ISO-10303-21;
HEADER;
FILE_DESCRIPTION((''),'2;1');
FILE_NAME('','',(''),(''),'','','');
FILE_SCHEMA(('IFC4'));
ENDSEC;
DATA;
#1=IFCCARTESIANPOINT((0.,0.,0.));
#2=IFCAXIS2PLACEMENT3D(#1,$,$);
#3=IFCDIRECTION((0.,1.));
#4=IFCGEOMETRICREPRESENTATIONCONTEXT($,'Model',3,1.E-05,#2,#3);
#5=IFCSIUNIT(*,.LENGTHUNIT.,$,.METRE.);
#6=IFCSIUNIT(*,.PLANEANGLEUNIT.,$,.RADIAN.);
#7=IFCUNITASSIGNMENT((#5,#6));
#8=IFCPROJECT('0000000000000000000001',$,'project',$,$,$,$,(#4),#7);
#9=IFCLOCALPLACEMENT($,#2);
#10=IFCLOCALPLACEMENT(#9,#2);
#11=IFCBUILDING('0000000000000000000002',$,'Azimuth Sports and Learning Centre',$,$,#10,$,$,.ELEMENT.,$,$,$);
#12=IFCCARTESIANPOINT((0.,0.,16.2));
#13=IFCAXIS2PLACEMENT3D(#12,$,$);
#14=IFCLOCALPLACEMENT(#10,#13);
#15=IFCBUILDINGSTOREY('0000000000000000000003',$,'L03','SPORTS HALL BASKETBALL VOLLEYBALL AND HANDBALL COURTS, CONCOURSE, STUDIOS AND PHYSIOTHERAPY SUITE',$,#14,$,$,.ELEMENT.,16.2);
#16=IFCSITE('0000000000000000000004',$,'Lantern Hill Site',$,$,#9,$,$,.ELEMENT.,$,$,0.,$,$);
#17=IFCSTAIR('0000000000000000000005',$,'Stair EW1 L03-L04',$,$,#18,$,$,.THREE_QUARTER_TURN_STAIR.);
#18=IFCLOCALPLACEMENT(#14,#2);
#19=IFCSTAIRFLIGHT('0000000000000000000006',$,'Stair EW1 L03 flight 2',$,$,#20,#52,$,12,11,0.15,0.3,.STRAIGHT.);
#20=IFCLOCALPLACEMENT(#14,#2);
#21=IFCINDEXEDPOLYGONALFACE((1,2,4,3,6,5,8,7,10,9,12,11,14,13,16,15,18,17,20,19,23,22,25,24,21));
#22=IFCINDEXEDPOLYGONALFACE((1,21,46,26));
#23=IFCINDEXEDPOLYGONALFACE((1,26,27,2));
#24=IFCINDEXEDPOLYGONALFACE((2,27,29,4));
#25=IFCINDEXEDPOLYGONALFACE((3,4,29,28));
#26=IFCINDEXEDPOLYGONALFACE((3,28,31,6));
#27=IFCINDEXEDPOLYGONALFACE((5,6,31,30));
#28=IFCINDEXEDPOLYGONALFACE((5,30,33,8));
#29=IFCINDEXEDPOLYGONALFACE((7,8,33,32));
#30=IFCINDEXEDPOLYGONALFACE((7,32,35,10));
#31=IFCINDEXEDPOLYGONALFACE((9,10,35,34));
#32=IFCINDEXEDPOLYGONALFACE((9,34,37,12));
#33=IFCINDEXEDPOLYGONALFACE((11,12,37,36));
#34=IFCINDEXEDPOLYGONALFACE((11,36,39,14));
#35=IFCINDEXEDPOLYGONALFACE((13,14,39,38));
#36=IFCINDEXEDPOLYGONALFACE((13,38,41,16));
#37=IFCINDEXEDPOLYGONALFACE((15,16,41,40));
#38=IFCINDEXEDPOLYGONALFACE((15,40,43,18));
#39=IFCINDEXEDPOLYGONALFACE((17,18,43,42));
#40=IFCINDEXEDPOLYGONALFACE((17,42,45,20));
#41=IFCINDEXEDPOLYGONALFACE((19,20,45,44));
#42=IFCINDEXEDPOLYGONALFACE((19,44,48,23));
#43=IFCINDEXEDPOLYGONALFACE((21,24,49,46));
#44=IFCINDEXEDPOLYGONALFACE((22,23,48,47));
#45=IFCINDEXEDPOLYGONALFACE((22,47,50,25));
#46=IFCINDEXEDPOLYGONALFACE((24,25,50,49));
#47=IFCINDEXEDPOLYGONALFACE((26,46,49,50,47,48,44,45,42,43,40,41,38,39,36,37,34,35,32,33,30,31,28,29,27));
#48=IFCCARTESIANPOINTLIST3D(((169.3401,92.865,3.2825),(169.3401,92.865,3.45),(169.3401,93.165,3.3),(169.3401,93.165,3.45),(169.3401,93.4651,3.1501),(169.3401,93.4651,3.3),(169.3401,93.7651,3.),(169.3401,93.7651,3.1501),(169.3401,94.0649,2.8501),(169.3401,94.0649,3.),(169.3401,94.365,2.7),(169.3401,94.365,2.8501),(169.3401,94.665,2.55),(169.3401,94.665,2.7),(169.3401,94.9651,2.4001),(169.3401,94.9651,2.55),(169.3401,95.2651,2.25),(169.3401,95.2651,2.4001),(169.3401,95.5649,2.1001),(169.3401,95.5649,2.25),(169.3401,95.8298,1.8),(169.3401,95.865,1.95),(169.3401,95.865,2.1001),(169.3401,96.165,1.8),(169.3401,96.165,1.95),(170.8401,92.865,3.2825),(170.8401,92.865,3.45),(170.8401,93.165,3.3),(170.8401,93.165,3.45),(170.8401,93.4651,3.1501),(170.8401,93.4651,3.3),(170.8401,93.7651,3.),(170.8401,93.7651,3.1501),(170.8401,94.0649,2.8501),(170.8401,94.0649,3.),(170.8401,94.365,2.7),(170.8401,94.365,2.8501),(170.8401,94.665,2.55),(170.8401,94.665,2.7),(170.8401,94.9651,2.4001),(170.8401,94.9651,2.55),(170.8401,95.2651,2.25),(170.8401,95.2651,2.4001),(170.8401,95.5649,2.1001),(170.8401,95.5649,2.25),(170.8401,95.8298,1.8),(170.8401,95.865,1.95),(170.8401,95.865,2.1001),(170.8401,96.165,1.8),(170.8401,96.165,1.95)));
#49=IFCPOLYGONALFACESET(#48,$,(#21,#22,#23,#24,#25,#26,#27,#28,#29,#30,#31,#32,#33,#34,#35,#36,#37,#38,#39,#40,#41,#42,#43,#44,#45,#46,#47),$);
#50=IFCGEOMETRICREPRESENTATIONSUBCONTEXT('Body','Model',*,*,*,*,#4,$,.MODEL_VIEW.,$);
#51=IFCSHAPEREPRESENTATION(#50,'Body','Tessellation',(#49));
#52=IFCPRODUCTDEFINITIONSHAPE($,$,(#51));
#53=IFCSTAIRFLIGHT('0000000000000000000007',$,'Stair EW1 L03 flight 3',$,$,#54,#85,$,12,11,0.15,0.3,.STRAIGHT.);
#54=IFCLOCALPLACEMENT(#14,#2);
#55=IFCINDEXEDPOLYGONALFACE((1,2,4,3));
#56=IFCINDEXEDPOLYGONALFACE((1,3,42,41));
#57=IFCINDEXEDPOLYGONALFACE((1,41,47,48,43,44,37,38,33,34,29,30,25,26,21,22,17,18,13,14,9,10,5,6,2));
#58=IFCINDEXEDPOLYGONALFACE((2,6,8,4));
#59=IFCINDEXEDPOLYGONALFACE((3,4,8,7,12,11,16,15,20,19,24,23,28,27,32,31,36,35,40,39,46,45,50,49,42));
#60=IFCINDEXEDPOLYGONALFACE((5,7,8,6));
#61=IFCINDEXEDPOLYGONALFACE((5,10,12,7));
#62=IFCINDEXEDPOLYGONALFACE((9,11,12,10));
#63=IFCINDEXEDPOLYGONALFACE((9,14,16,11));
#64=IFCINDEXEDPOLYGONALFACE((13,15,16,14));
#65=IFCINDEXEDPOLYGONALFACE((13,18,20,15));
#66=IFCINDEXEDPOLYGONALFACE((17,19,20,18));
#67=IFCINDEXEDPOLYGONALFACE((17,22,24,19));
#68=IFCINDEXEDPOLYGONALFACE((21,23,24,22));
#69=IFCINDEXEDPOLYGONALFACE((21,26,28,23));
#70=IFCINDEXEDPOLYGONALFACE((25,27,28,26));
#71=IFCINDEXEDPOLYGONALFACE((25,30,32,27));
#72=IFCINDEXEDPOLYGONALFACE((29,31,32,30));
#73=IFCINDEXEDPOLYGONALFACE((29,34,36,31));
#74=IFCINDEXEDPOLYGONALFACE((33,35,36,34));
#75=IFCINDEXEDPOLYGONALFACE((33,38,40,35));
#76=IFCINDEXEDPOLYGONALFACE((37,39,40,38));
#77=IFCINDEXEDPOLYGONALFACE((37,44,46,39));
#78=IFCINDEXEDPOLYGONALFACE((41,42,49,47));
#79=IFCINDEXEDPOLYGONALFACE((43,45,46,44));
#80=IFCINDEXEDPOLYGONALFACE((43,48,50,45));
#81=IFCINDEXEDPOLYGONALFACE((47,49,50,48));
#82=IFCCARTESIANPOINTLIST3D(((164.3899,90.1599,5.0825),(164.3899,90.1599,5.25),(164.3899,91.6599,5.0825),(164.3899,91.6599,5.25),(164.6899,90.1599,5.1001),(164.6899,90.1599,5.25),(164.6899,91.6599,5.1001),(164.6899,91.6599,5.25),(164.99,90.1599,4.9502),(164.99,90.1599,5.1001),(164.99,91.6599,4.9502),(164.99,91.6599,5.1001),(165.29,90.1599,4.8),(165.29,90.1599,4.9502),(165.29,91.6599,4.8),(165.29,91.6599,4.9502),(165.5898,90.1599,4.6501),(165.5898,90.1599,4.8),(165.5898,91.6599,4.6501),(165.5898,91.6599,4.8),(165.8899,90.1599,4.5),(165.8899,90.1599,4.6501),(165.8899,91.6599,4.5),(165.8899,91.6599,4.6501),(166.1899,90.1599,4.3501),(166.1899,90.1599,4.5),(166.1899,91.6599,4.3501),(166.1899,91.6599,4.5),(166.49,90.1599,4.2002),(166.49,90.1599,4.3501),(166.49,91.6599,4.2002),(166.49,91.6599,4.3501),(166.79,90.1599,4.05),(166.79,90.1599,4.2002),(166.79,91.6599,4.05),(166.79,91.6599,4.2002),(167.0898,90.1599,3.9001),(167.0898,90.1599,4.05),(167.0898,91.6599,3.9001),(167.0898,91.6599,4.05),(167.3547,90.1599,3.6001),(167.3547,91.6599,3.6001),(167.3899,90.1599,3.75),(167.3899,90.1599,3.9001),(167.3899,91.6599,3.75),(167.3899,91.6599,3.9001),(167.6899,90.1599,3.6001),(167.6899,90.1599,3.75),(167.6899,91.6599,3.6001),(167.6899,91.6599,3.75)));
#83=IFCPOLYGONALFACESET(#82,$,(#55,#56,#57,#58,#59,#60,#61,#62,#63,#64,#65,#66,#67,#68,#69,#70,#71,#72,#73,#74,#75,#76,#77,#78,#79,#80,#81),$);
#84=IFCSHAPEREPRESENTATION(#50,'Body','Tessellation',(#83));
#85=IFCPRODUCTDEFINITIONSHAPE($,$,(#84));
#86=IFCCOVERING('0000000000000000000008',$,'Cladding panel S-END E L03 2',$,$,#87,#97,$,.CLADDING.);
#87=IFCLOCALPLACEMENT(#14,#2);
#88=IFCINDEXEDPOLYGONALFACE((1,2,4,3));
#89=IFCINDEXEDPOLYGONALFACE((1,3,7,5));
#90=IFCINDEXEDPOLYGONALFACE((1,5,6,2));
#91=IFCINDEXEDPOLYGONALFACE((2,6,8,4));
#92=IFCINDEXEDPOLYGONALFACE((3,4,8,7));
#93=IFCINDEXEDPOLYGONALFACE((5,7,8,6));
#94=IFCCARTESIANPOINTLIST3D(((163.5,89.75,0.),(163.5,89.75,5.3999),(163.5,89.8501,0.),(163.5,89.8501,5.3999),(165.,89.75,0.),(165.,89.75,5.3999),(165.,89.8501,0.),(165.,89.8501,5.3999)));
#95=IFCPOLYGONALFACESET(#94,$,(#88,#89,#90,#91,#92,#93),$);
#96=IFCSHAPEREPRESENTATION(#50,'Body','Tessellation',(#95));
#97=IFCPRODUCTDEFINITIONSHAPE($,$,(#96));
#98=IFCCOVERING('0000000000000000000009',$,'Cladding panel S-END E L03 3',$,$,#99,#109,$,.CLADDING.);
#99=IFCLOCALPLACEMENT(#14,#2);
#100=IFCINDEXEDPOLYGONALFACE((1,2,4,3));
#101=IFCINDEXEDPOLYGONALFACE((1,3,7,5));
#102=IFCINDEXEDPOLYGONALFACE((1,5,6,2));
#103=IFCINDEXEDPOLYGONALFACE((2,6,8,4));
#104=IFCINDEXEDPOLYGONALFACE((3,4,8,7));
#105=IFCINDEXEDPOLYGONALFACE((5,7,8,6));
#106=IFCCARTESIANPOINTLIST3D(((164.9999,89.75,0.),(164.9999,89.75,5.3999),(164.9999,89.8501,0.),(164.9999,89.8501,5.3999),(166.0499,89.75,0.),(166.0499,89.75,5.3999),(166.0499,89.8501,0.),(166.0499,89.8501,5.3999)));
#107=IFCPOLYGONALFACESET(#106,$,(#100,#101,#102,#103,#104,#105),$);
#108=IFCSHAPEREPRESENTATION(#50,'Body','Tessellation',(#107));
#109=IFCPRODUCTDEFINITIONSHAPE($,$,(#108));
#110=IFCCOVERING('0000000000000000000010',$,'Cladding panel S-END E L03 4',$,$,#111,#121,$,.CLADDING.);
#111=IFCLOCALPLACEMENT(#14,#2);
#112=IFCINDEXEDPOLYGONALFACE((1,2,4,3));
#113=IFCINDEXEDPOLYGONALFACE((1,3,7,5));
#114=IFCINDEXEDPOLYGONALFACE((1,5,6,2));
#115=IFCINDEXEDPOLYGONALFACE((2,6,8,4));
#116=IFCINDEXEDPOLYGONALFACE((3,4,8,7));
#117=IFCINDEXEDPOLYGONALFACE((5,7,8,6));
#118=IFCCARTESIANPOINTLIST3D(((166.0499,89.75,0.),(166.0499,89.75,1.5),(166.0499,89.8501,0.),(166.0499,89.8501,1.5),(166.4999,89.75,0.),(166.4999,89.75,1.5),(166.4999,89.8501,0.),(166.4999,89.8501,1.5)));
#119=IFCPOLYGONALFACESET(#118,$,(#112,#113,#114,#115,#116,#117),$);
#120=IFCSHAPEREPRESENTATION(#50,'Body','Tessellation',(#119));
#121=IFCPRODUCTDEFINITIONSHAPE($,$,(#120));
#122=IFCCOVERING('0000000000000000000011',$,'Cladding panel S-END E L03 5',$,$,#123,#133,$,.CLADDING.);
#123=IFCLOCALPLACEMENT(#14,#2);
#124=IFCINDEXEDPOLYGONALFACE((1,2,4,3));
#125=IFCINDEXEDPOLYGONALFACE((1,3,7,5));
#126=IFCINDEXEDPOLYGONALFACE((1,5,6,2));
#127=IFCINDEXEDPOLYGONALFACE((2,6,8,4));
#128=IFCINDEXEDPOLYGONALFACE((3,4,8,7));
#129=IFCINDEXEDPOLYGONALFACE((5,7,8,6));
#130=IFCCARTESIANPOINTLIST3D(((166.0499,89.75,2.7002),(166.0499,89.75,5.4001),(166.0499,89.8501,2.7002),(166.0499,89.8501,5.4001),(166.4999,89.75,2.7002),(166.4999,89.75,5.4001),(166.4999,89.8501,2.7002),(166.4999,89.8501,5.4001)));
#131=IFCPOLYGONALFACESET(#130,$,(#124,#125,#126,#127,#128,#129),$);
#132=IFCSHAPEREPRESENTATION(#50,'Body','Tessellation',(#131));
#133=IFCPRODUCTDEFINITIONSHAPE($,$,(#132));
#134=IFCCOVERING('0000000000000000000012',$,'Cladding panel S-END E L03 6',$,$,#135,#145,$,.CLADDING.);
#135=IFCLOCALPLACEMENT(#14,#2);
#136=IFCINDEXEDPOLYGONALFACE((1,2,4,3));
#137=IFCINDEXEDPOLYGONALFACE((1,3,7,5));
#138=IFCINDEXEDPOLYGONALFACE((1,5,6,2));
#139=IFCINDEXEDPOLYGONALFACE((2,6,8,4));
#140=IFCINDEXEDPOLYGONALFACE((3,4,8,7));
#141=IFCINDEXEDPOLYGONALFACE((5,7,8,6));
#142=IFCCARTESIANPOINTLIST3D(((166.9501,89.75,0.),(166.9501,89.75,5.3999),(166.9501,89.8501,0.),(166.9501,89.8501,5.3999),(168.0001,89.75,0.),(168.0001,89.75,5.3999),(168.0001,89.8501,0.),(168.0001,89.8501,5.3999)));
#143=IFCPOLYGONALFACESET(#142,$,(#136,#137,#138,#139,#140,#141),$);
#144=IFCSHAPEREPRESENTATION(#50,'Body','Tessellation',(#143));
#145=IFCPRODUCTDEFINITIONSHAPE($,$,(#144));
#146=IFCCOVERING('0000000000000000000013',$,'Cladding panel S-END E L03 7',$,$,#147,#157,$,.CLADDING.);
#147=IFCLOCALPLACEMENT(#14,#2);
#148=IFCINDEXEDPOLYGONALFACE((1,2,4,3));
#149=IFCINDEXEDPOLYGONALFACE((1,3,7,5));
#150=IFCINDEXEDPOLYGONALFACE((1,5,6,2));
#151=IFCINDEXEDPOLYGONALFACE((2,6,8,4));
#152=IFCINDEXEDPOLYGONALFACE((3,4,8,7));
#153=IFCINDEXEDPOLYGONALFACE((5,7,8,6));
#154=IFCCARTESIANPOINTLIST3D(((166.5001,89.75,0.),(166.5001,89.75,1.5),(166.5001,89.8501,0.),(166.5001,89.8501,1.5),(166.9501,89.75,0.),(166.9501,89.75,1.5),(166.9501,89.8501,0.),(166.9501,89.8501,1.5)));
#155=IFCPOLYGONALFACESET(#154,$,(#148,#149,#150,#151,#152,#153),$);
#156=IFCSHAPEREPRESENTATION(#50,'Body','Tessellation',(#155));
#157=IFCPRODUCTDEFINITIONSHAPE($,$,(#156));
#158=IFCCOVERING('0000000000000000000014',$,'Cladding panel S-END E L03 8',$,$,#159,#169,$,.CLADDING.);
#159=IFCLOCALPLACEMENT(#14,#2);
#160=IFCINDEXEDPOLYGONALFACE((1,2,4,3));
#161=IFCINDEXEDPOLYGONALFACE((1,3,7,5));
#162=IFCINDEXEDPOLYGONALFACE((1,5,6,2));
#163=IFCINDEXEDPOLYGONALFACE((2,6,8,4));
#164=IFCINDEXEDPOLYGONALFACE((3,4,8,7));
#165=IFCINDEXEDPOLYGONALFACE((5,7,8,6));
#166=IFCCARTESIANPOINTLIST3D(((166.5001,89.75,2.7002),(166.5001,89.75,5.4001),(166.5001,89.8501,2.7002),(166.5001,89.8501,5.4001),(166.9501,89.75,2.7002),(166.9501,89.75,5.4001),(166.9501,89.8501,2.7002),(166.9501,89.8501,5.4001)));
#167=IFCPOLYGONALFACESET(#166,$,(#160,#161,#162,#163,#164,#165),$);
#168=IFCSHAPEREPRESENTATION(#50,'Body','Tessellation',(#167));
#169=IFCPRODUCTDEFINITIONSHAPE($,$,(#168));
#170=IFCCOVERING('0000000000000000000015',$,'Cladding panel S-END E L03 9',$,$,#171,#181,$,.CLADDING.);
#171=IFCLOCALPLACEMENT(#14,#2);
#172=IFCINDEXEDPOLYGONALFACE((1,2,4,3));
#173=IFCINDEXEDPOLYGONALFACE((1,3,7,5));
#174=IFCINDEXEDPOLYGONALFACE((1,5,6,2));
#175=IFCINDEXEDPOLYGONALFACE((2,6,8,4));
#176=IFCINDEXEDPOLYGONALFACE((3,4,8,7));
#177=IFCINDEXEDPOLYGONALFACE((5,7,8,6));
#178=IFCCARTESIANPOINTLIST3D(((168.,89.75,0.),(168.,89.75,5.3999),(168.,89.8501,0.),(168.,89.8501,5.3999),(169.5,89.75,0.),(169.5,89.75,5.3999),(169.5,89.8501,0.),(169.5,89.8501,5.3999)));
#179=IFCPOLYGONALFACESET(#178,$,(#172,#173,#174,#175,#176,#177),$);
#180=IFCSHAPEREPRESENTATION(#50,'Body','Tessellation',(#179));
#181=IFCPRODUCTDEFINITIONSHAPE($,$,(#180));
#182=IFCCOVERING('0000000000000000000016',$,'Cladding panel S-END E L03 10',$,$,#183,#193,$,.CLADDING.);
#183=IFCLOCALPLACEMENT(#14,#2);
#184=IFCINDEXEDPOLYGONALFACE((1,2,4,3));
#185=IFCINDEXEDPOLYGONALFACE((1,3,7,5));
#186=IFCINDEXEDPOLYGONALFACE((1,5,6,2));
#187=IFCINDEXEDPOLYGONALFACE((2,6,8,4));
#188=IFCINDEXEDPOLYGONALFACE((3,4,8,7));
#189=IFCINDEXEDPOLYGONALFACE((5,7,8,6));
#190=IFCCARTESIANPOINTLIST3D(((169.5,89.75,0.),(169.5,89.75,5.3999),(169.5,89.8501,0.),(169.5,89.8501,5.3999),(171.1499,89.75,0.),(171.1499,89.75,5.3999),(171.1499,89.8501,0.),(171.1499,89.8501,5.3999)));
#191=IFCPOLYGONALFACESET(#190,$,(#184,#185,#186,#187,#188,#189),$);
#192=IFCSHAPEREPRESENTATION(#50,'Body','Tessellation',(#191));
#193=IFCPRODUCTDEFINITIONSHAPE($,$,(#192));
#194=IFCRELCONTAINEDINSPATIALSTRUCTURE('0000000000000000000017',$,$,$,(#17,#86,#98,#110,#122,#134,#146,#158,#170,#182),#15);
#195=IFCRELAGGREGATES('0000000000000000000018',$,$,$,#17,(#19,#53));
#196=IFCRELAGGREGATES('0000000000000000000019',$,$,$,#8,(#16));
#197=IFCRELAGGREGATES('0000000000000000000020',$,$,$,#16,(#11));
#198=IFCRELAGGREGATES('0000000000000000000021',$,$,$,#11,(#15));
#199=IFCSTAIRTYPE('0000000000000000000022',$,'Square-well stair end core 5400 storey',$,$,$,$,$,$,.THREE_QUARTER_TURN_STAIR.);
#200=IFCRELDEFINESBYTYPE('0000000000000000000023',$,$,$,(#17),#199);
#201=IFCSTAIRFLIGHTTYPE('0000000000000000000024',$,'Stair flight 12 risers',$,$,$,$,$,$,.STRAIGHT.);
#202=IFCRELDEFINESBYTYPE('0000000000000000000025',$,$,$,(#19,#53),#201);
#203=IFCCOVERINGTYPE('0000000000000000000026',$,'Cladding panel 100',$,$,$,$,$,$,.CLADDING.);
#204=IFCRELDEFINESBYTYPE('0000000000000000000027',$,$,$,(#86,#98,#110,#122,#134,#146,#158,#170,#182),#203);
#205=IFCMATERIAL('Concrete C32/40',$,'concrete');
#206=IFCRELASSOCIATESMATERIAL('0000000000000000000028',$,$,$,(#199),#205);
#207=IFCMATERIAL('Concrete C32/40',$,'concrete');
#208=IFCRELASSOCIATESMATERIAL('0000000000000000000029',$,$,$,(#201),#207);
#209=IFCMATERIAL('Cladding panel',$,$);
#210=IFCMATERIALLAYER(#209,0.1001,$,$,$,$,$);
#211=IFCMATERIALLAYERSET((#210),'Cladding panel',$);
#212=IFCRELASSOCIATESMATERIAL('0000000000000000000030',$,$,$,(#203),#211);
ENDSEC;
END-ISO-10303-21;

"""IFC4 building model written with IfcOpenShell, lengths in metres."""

from ifc_helpers import new_model, si_unit, direction, frame, origin, origin_2d, place, context, subcontext, project, spatial, polyline, rectangle, outline, extrude, material, layer, layer_set, type_object, element, aggregate, save


model = new_model("IFC4")

# Units and contexts
model_context = context("Model", 3, precision=1e-05, world=origin(), true_north=direction((0.0, 1.0)))
body_context = subcontext(model_context, "Body", "Model", "MODEL_VIEW")
ifc_project = project(units=[si_unit("LENGTHUNIT", "METRE"), si_unit("PLANEANGLEUNIT", "RADIAN")], contexts=[model_context])

# Site, building, storey
site_placement = place(None, origin())
site = spatial("IfcSite", under=ifc_project, at=site_placement, Name="Lantern Hill Site", CompositionType="ELEMENT", RefElevation=0.0)
building_placement = place(site_placement, origin())
building = spatial("IfcBuilding", under=site, at=building_placement, Name="Azimuth Sports and Learning Centre", CompositionType="ELEMENT")
storey_placement = place(building_placement, frame((0.0, 0.0, 16.2)))
storey = spatial("IfcBuildingStorey", under=building, at=storey_placement, Name="L03", Description="SPORTS HALL BASKETBALL VOLLEYBALL AND HANDBALL COURTS, CONCOURSE, STUDIOS AND PHYSIOTHERAPY SUITE", CompositionType="ELEMENT", Elevation=16.2)

# Stair, stair flights
ifc_material_1 = material(Name="Concrete C32/40", Category="concrete")
stair_type = type_object("IfcStairType", Name="Square-well stair end core 5400 storey", PredefinedType="THREE_QUARTER_TURN_STAIR", material=ifc_material_1)
stair_placement = place(storey_placement, origin())
stair = element("IfcStair", 1, at=stair_placement, inside=storey, type_object=stair_type, Name="Stair EW1 L03-L04", PredefinedType="THREE_QUARTER_TURN_STAIR")
ifc_material_2 = material(Name="Concrete C32/40", Category="concrete")
stair_flight_type = type_object("IfcStairFlightType", Name="Stair flight 12 risers", PredefinedType="STRAIGHT", material=ifc_material_2)
stair_flight_1_placement = place(storey_placement, frame((170.0901, 96.165, 1.8), z_axis=(0.0, 0.0, 1.0), x_axis=(0.0, -1.0, 0.0)))
stair_flight_1 = element("IfcStairFlight", 2, at=stair_flight_1_placement, type_object=stair_flight_type, Name="Stair EW1 L03 flight 2", NumberOfRisers=12, NumberOfTreads=11, PredefinedType="STRAIGHT", RiserHeight=0.15, TreadLength=0.3, context=body_context, shape_type="SweptSolid", body=[
    extrude(outline(polyline([(0.0, 0.0), (0.0, 0.1499), (0.3, 0.1499), (0.3, 0.3), (0.6001, 0.3), (0.6001, 0.45), (0.8999, 0.45), (0.8999, 0.6001), (1.2, 0.6001), (1.2, 0.75), (1.5, 0.75), (1.5, 0.8999), (1.8, 0.8999), (1.8, 1.05), (2.1001, 1.05), (2.1001, 1.2), (2.3999, 1.2), (2.3999, 1.3501), (2.7, 1.3501), (2.7, 1.5), (3.0, 1.5), (3.0, 1.6499), (3.3, 1.6499), (3.3, 1.8), (3.3, 1.4824), (0.3352, 0.0), (0.0, 0.0)])), frame((0.0, 0.75, 0.0), z_axis=(0.0, -1.0, 0.0), x_axis=(1.0, 0.0, 0.0)), (0.0, 0.0, 1.0), 1.5),
])
stair_flight_2_placement = place(storey_placement, frame((167.6899, 90.9099, 3.6001), z_axis=(0.0, 0.0, 1.0), x_axis=(-1.0, 0.0, 0.0)))
stair_flight_2 = element("IfcStairFlight", 3, at=stair_flight_2_placement, type_object=stair_flight_type, Name="Stair EW1 L03 flight 3", NumberOfRisers=12, NumberOfTreads=11, PredefinedType="STRAIGHT", RiserHeight=0.15, TreadLength=0.3, context=body_context, shape_type="SweptSolid", body=[
    extrude(outline(polyline([(0.0, 0.0), (0.0, 0.1499), (0.3, 0.1499), (0.3, 0.3), (0.6001, 0.3), (0.6001, 0.45), (0.8999, 0.45), (0.8999, 0.6001), (1.2, 0.6001), (1.2, 0.75), (1.5, 0.75), (1.5, 0.8999), (1.8, 0.8999), (1.8, 1.05), (2.1001, 1.05), (2.1001, 1.2), (2.3999, 1.2), (2.3999, 1.3501), (2.7, 1.3501), (2.7, 1.5), (3.0, 1.5), (3.0, 1.6499), (3.3, 1.6499), (3.3, 1.8), (3.3, 1.4824), (0.3352, 0.0), (0.0, 0.0)])), frame((0.0, 0.75, 0.0), z_axis=(0.0, -1.0, 0.0), x_axis=(1.0, 0.0, 0.0)), (0.0, 0.0, 1.0), 1.5),
])
aggregate(stair, [stair_flight_1, stair_flight_2])

# Coverings
ifc_material_3 = material(Name="Cladding panel")
ifc_layer_1 = layer(ifc_material_3, 0.1001)
ifc_layer_set_1 = layer_set([ifc_layer_1], Name="Cladding panel")
covering_type = type_object("IfcCoveringType", Name="Cladding panel 100", PredefinedType="CLADDING", material=ifc_layer_set_1)
covering_1_placement = place(storey_placement, frame((164.25, 89.8, 0.0), z_axis=(0.0, 0.0, 1.0), x_axis=(1.0, 0.0, 0.0)))
element("IfcCovering", 4, at=covering_1_placement, inside=storey, type_object=covering_type, Name="Cladding panel S-END E L03 2", PredefinedType="CLADDING", context=body_context, shape_type="SweptSolid", body=[
    extrude(rectangle(XDim=1.5, YDim=0.1001, at=origin_2d()), origin(), (0.0, 0.0, 1.0), 5.3999),
])
covering_2_placement = place(storey_placement, frame((165.5249, 89.8, 0.0), z_axis=(0.0, 0.0, 1.0), x_axis=(1.0, 0.0, 0.0)))
element("IfcCovering", 5, at=covering_2_placement, inside=storey, type_object=covering_type, Name="Cladding panel S-END E L03 3", PredefinedType="CLADDING", context=body_context, shape_type="SweptSolid", body=[
    extrude(rectangle(XDim=1.05, YDim=0.1001, at=origin_2d()), origin(), (0.0, 0.0, 1.0), 5.3999),
])
covering_3_placement = place(storey_placement, frame((166.2749, 89.8, 0.0), z_axis=(0.0, 0.0, 1.0), x_axis=(1.0, 0.0, 0.0)))
element("IfcCovering", 6, at=covering_3_placement, inside=storey, type_object=covering_type, Name="Cladding panel S-END E L03 4", PredefinedType="CLADDING", context=body_context, shape_type="SweptSolid", body=[
    extrude(rectangle(XDim=0.45, YDim=0.1001, at=origin_2d()), origin(), (0.0, 0.0, 1.0), 1.5),
])
covering_4_placement = place(storey_placement, frame((166.2749, 89.8, 2.7002), z_axis=(0.0, 0.0, 1.0), x_axis=(1.0, 0.0, 0.0)))
element("IfcCovering", 7, at=covering_4_placement, inside=storey, type_object=covering_type, Name="Cladding panel S-END E L03 5", PredefinedType="CLADDING", context=body_context, shape_type="SweptSolid", body=[
    extrude(rectangle(XDim=0.45, YDim=0.1001, at=origin_2d()), origin(), (0.0, 0.0, 1.0), 2.7),
])
covering_5_placement = place(storey_placement, frame((167.4751, 89.8, 0.0), z_axis=(0.0, 0.0, 1.0), x_axis=(1.0, 0.0, 0.0)))
element("IfcCovering", 8, at=covering_5_placement, inside=storey, type_object=covering_type, Name="Cladding panel S-END E L03 6", PredefinedType="CLADDING", context=body_context, shape_type="SweptSolid", body=[
    extrude(rectangle(XDim=1.05, YDim=0.1001, at=origin_2d()), origin(), (0.0, 0.0, 1.0), 5.3999),
])
covering_6_placement = place(storey_placement, frame((166.7251, 89.8, 0.0), z_axis=(0.0, 0.0, 1.0), x_axis=(1.0, 0.0, 0.0)))
element("IfcCovering", 9, at=covering_6_placement, inside=storey, type_object=covering_type, Name="Cladding panel S-END E L03 7", PredefinedType="CLADDING", context=body_context, shape_type="SweptSolid", body=[
    extrude(rectangle(XDim=0.45, YDim=0.1001, at=origin_2d()), origin(), (0.0, 0.0, 1.0), 1.5),
])
covering_7_placement = place(storey_placement, frame((166.7251, 89.8, 2.7002), z_axis=(0.0, 0.0, 1.0), x_axis=(1.0, 0.0, 0.0)))
element("IfcCovering", 10, at=covering_7_placement, inside=storey, type_object=covering_type, Name="Cladding panel S-END E L03 8", PredefinedType="CLADDING", context=body_context, shape_type="SweptSolid", body=[
    extrude(rectangle(XDim=0.45, YDim=0.1001, at=origin_2d()), origin(), (0.0, 0.0, 1.0), 2.7),
])
covering_8_placement = place(storey_placement, frame((168.75, 89.8, 0.0), z_axis=(0.0, 0.0, 1.0), x_axis=(1.0, 0.0, 0.0)))
element("IfcCovering", 11, at=covering_8_placement, inside=storey, type_object=covering_type, Name="Cladding panel S-END E L03 9", PredefinedType="CLADDING", context=body_context, shape_type="SweptSolid", body=[
    extrude(rectangle(XDim=1.5, YDim=0.1001, at=origin_2d()), origin(), (0.0, 0.0, 1.0), 5.3999),
])
for number, where, z_axis, x_axis, name in (
    (12, (170.325, 89.8, 0.0), (0.0, 0.0, 1.0), (1.0, 0.0, 0.0), "Cladding panel S-END E L03 10"),
):
    element("IfcCovering", number, at=place(storey_placement, frame(where, z_axis=z_axis, x_axis=x_axis)), inside=storey, type_object=covering_type, Name=name, PredefinedType="CLADDING", context=body_context, shape_type="SweptSolid", body=[
        extrude(rectangle(XDim=1.6499, YDim=0.1001, at=origin_2d()), origin(), (0.0, 0.0, 1.0), 5.3999),
    ])

save(model, "model.ifc")
